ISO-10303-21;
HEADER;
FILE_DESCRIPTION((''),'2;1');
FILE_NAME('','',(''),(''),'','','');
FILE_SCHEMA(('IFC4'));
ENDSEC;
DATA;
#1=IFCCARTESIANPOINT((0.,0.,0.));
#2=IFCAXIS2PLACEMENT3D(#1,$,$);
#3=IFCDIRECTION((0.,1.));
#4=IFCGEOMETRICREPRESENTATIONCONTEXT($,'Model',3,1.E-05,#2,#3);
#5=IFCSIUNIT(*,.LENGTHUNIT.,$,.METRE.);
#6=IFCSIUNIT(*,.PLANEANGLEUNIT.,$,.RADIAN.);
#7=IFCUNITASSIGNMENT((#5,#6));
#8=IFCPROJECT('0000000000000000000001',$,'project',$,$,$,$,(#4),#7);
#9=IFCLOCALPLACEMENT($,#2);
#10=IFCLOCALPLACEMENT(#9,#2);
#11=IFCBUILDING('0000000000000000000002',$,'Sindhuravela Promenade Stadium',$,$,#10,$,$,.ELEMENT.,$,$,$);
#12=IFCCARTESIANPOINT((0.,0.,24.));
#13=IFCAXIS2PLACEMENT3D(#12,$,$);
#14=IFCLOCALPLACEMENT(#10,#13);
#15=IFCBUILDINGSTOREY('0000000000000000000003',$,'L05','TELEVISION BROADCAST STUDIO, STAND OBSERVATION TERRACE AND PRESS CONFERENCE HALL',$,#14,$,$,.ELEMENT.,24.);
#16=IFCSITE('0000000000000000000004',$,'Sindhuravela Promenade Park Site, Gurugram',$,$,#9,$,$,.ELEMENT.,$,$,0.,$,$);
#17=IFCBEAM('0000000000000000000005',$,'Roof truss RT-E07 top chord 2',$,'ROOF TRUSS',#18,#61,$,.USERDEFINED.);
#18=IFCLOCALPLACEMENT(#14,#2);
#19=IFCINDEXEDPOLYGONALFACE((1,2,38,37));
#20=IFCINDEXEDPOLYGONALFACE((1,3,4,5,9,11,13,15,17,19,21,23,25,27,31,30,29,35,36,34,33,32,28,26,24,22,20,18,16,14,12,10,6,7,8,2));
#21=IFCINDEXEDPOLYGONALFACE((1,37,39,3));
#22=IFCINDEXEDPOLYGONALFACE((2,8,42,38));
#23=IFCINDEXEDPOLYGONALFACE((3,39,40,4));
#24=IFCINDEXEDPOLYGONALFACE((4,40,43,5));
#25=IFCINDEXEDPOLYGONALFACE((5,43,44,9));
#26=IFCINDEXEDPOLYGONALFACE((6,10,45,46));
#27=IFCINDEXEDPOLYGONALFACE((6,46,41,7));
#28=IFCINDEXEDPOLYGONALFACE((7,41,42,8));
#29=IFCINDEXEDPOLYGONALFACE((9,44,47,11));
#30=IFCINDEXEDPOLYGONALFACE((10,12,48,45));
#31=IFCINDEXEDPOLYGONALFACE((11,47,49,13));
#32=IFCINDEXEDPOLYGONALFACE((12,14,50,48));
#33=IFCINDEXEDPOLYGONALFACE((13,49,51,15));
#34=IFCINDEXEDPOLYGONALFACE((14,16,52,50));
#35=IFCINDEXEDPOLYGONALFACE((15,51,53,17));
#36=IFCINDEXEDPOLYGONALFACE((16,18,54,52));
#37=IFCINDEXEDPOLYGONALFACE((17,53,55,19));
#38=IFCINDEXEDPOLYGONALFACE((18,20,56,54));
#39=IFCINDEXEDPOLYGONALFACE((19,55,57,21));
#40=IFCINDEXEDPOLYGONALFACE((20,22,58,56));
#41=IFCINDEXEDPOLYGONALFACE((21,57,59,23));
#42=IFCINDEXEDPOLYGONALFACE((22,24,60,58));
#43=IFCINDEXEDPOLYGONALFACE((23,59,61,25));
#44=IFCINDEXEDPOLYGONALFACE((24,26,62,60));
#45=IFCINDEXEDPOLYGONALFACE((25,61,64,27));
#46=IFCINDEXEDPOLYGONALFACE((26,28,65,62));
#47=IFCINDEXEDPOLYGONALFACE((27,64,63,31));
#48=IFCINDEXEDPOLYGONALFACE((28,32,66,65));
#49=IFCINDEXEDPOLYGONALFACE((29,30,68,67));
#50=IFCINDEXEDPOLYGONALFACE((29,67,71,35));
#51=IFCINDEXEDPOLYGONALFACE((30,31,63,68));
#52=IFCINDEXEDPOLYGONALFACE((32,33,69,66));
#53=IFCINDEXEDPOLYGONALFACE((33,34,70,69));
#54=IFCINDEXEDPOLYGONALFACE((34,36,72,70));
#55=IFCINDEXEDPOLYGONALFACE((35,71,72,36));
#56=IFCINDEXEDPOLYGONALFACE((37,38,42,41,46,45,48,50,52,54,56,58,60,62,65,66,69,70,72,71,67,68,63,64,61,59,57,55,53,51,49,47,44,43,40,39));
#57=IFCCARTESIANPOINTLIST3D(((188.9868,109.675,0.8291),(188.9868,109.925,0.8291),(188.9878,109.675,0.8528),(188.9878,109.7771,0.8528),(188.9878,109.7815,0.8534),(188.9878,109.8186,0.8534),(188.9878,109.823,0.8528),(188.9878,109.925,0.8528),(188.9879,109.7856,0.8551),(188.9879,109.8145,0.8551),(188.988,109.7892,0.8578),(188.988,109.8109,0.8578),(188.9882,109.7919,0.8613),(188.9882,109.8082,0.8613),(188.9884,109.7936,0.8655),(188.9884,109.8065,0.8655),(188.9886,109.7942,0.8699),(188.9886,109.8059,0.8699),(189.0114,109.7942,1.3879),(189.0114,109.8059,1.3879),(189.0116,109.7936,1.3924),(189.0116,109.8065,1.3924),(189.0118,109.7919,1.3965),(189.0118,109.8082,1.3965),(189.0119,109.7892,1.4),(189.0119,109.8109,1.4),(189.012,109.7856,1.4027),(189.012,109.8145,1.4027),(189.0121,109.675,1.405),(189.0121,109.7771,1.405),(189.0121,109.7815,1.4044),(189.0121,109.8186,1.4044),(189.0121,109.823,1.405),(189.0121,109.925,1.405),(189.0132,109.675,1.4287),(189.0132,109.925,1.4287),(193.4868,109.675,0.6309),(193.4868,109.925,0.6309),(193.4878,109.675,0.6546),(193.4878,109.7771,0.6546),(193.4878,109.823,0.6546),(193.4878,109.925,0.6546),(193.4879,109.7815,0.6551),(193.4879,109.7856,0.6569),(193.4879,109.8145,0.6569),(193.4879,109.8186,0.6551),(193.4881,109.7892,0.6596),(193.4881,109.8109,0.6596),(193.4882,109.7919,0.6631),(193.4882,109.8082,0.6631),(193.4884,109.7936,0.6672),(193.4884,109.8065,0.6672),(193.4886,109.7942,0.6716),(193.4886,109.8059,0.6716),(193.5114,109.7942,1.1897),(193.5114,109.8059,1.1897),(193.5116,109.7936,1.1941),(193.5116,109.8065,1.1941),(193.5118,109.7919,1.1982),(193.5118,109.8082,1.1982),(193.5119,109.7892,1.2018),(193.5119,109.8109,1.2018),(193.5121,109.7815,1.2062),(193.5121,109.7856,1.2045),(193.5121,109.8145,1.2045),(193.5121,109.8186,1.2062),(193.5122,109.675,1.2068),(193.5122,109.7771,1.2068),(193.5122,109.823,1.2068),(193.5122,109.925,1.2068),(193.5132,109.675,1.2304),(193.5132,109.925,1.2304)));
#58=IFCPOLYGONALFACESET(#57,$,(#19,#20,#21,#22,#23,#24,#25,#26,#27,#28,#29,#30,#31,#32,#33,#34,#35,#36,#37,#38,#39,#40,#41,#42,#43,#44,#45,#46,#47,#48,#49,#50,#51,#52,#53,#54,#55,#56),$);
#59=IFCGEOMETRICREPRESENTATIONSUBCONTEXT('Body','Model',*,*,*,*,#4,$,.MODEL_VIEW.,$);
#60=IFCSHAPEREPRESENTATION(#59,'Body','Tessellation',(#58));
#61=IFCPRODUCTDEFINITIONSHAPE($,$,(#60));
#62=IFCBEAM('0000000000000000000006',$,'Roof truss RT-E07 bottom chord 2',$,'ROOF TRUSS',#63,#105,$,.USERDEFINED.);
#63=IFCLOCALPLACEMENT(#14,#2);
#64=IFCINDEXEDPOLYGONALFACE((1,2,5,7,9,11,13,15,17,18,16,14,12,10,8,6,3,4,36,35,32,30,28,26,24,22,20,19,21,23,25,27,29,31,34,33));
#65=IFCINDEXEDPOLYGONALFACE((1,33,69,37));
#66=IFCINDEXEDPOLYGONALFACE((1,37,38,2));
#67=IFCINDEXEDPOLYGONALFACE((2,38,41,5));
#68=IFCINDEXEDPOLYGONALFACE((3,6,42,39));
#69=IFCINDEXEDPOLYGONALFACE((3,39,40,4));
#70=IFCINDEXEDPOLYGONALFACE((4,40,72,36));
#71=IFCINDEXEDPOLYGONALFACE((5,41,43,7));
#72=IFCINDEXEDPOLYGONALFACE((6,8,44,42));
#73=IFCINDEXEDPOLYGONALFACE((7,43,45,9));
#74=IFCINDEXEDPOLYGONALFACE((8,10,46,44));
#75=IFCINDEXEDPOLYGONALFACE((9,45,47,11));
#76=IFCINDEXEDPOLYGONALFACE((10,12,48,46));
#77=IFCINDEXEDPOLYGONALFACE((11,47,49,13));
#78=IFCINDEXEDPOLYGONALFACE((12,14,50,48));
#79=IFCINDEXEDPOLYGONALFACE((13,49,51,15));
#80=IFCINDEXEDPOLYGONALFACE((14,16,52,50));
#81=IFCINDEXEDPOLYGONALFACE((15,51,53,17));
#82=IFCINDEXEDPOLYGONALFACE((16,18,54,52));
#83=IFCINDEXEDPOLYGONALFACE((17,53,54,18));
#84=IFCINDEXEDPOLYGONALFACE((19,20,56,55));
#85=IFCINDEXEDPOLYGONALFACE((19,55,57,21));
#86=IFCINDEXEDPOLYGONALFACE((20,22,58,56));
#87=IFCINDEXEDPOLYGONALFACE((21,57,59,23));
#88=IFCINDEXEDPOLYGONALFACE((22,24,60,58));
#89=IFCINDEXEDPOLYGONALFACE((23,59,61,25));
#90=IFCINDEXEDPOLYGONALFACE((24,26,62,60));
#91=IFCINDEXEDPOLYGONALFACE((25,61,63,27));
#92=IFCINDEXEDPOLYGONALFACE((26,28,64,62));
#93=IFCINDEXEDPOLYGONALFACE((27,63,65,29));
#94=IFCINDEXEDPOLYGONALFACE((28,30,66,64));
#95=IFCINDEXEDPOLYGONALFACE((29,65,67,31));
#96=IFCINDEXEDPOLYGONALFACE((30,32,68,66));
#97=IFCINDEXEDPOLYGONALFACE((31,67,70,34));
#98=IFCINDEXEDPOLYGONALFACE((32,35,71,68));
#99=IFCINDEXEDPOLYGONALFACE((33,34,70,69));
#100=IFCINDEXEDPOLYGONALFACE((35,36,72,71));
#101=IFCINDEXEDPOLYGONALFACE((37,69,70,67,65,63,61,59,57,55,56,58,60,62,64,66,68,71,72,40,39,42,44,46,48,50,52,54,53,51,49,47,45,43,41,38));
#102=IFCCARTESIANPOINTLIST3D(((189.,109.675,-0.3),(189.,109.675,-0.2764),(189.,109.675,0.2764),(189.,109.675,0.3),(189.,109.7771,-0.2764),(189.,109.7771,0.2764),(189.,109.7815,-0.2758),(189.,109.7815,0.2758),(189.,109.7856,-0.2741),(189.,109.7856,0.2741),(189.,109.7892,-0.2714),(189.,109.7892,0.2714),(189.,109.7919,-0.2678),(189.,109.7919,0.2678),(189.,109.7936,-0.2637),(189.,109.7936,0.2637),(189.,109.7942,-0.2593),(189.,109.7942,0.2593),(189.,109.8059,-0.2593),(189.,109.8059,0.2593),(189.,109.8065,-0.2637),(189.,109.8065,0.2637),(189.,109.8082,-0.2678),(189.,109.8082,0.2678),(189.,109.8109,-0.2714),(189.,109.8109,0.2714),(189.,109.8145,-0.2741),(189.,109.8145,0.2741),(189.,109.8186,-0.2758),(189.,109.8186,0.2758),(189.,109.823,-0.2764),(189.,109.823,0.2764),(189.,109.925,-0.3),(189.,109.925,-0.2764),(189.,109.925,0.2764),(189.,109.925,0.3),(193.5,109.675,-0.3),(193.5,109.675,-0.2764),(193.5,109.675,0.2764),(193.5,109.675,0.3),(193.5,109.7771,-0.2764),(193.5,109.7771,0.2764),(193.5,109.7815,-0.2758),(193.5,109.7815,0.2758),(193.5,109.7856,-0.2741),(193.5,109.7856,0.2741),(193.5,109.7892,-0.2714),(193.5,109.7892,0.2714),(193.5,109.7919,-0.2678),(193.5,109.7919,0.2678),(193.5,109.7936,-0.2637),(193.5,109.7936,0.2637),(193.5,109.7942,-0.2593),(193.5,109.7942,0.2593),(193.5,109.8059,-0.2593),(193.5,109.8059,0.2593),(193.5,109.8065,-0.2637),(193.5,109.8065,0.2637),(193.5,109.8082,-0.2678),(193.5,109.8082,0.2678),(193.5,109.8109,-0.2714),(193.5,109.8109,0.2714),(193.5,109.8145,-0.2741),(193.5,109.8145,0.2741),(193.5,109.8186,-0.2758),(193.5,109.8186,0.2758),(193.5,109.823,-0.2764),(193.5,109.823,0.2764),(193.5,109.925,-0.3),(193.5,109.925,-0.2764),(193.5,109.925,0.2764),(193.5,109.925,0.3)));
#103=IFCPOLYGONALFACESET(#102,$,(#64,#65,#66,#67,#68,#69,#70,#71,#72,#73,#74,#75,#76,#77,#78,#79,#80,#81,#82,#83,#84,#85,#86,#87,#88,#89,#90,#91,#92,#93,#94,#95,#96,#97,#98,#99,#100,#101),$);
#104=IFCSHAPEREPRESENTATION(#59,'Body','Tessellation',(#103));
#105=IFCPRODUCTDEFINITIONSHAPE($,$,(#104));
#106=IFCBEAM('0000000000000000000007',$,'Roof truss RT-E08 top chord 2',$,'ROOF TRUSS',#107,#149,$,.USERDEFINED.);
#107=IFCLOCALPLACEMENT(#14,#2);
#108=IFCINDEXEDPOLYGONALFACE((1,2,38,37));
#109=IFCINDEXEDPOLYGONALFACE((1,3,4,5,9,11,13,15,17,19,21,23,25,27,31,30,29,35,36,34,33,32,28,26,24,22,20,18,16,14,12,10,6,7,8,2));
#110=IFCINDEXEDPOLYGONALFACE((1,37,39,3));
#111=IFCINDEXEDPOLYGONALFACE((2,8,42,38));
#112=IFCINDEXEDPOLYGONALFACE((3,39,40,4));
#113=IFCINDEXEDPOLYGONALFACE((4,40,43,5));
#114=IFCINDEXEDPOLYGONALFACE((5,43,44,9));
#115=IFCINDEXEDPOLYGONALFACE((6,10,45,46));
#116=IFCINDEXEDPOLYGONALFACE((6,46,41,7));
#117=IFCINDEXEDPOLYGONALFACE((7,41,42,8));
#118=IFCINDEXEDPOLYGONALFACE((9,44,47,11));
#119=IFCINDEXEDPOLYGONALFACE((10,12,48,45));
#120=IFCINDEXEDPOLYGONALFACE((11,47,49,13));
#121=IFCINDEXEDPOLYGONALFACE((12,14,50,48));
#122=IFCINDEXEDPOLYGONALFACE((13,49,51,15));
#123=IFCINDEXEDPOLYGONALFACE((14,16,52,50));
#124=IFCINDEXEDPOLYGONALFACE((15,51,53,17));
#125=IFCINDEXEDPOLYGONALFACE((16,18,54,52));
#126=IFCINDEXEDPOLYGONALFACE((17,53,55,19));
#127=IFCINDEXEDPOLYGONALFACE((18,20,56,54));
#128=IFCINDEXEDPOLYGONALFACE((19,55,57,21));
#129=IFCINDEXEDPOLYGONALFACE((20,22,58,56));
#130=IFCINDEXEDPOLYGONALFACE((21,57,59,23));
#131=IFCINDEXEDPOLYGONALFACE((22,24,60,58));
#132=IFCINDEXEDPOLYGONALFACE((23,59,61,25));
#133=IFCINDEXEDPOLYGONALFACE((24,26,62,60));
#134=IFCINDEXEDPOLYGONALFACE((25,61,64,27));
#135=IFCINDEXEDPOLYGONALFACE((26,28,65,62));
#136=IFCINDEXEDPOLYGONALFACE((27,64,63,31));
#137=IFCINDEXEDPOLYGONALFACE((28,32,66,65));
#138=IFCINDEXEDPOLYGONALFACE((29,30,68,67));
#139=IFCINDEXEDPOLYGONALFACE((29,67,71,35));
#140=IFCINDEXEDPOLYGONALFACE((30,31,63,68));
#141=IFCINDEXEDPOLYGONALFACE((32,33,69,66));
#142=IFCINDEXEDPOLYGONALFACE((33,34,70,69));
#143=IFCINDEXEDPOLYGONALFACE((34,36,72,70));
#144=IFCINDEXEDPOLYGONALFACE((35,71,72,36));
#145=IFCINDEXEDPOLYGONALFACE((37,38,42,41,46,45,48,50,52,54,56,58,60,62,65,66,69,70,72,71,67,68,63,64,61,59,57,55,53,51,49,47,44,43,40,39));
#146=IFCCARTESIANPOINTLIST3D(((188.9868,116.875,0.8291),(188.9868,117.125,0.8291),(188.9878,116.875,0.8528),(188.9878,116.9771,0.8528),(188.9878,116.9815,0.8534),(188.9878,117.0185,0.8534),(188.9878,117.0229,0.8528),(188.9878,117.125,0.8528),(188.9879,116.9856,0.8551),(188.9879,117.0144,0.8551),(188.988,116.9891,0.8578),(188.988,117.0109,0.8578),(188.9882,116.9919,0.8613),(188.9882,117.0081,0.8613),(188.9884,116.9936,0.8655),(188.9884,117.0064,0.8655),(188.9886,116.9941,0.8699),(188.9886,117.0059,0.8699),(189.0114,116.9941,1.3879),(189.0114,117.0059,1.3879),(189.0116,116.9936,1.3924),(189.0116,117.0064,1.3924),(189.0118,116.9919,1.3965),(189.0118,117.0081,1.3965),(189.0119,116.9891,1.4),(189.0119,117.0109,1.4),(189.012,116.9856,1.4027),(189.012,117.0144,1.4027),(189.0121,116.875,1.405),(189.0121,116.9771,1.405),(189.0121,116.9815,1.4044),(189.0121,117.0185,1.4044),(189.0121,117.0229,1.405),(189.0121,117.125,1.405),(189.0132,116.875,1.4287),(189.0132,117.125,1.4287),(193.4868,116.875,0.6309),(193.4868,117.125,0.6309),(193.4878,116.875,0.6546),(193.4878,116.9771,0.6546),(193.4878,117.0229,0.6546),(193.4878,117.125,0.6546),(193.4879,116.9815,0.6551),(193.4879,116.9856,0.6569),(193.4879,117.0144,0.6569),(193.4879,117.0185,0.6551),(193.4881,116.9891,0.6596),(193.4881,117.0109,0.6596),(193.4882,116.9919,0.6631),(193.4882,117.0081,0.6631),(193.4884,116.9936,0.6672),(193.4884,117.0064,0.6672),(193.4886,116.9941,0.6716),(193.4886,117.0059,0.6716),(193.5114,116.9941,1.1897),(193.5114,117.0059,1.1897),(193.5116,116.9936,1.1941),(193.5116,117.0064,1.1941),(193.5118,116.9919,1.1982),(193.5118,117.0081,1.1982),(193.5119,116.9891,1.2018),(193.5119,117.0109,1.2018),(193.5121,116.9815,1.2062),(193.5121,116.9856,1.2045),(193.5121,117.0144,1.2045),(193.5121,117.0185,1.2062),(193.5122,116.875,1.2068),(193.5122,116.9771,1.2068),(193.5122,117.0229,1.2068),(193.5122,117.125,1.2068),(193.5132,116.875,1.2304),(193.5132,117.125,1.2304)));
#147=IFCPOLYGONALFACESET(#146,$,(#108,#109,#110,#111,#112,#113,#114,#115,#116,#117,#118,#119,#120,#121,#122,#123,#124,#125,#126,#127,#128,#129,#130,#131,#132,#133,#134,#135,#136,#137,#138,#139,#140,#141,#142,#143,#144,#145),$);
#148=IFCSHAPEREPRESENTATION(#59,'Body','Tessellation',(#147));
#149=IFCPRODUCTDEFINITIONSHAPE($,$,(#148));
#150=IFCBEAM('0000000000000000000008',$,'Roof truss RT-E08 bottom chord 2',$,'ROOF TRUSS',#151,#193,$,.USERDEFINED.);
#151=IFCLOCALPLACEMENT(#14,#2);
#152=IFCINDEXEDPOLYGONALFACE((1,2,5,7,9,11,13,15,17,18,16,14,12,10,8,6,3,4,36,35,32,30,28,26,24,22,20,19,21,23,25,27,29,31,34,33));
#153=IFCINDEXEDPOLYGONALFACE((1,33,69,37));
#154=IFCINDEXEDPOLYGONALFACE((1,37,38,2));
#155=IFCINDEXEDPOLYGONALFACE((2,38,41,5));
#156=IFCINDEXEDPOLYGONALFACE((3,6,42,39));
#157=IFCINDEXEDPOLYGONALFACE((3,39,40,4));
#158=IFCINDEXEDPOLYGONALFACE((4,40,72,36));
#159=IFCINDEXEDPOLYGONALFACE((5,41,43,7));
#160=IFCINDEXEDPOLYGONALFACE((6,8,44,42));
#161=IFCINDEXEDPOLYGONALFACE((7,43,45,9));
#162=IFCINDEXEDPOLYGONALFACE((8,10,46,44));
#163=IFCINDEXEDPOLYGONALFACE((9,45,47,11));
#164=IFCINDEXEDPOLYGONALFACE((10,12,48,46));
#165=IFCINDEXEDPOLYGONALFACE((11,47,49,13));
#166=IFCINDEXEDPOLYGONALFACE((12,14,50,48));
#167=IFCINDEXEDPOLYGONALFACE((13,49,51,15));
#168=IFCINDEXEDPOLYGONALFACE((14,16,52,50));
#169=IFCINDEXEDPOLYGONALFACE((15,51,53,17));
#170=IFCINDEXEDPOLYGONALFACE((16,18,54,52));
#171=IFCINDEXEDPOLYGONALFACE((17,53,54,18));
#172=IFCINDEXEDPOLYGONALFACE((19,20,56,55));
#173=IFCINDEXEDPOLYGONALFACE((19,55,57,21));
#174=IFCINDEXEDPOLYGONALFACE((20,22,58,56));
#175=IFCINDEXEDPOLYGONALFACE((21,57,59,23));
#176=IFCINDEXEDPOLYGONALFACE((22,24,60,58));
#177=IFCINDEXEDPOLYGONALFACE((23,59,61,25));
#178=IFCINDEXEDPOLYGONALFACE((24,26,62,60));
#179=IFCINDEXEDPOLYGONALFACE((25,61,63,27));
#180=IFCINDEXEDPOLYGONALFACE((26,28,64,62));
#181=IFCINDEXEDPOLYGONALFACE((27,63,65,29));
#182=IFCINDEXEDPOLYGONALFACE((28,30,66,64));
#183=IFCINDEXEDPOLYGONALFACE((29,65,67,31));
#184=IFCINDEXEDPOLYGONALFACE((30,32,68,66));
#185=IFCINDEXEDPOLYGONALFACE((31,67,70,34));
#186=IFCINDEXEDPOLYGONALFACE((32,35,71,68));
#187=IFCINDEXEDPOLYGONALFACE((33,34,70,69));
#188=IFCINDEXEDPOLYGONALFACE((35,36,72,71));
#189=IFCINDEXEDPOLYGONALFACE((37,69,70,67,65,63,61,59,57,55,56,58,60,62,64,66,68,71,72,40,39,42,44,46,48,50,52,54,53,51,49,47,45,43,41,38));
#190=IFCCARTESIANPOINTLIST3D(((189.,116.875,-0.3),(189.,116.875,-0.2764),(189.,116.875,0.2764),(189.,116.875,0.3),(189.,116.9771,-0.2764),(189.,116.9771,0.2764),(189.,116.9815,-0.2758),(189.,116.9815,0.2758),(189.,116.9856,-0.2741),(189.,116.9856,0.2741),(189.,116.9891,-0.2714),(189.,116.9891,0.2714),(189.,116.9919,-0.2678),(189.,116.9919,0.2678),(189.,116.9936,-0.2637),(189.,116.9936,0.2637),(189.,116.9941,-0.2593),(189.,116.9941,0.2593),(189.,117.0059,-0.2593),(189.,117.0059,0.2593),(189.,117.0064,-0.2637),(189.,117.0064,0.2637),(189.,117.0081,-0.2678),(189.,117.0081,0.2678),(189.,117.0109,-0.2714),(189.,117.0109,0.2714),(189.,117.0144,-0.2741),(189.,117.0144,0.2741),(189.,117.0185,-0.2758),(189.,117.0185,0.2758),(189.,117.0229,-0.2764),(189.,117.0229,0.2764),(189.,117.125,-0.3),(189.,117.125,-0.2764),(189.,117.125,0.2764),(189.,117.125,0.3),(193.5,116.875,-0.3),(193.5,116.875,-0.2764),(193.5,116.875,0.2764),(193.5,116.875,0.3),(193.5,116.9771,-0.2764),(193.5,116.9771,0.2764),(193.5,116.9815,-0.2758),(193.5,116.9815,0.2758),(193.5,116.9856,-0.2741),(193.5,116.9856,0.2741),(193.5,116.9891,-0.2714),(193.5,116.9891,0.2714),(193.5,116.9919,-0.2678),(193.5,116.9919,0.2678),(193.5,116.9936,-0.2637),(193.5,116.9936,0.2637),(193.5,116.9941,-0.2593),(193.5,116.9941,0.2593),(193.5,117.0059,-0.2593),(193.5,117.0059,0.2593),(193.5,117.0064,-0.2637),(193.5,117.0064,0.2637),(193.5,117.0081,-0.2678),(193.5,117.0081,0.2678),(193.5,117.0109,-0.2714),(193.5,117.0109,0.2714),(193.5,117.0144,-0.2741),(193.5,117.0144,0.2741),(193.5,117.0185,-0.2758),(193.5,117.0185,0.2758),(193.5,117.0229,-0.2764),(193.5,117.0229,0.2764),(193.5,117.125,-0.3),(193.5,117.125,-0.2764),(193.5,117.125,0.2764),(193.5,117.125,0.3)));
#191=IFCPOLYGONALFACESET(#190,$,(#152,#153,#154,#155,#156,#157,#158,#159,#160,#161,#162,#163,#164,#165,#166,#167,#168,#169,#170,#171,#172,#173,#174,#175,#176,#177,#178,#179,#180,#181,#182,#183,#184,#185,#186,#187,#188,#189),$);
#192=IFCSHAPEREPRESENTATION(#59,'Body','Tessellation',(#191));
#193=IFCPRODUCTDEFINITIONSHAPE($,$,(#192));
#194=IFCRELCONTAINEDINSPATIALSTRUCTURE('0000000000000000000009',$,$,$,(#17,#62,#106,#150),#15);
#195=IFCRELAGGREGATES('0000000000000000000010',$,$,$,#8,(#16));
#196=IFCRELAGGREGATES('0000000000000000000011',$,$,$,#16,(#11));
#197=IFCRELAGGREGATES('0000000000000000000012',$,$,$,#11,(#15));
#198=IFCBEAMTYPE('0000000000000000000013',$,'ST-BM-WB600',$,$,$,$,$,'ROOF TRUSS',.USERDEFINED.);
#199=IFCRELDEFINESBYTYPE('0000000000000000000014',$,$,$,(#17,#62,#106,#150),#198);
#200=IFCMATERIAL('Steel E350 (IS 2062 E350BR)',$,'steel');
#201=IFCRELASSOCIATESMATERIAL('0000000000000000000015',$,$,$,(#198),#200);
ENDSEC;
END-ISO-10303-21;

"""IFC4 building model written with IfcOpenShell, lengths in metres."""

from ifc_helpers import new_model, si_unit, direction, frame, origin, origin_2d, place, context, subcontext, project, spatial, i_section, extrude, material, material_profile, profile_set, type_object, element, save


model = new_model("IFC4")

# Units and contexts
model_context = context("Model", 3, precision=1e-05, world=origin(), true_north=direction((0.0, 1.0)))
body_context = subcontext(model_context, "Body", "Model", "MODEL_VIEW")
ifc_project = project(units=[si_unit("LENGTHUNIT", "METRE"), si_unit("PLANEANGLEUNIT", "RADIAN")], contexts=[model_context])

# Site, building, storey
site_placement = place(None, origin())
site = spatial("IfcSite", under=ifc_project, at=site_placement, Name="Sindhuravela Promenade Park Site, Gurugram", CompositionType="ELEMENT", RefElevation=0.0)
building_placement = place(site_placement, origin())
building = spatial("IfcBuilding", under=site, at=building_placement, Name="Sindhuravela Promenade Stadium", CompositionType="ELEMENT")
storey_placement = place(building_placement, frame((0.0, 0.0, 24.0)))
storey = spatial("IfcBuildingStorey", under=building, at=storey_placement, Name="L05", Description="TELEVISION BROADCAST STUDIO, STAND OBSERVATION TERRACE AND PRESS CONFERENCE HALL", CompositionType="ELEMENT", Elevation=24.0)

# Beams
ifc_material_1 = material(Name="Steel E350 (IS 2062 E350BR)", Category="steel")
ifc_material_profile_1 = material_profile(ifc_material_1, i_section(OverallWidth=0.25, OverallDepth=0.6001, WebThickness=0.0117, FlangeThickness=0.0237, FilletRadius=0.0171, at=origin_2d()), Name="ISWB 600")
ifc_profile_set_1 = profile_set([ifc_material_profile_1], Name="Steel E350 (IS 2062 E350BR)")
beam_type = type_object("IfcBeamType", Name="ST-BM-WB600", ElementType="ROOF TRUSS", PredefinedType="USERDEFINED", material=ifc_profile_set_1)
beam_1_placement = place(storey_placement, frame((193.5, 109.8, 0.9307), z_axis=(-0.999031, 0.0, 0.044011), x_axis=(0.0, -1.0, 0.0)))
element("IfcBeam", 1, at=beam_1_placement, inside=storey, type_object=beam_type, Name="Roof truss RT-E07 top chord 2", ObjectType="ROOF TRUSS", PredefinedType="USERDEFINED", context=body_context, shape_type="SweptSolid", body=[
    extrude(i_section(OverallWidth=0.25, OverallDepth=0.6001, WebThickness=0.0117, FlangeThickness=0.0237, FilletRadius=0.0171, at=origin_2d()), origin(), (0.0, 0.0, 1.0), 4.5044),
])
beam_2_placement = place(storey_placement, frame((193.5, 109.8, 0.0), z_axis=(-1.0, 0.0, 0.0), x_axis=(0.0, -1.0, 0.0)))
element("IfcBeam", 2, at=beam_2_placement, inside=storey, type_object=beam_type, Name="Roof truss RT-E07 bottom chord 2", ObjectType="ROOF TRUSS", PredefinedType="USERDEFINED", context=body_context, shape_type="SweptSolid", body=[
    extrude(i_section(OverallWidth=0.25, OverallDepth=0.6001, WebThickness=0.0117, FlangeThickness=0.0237, FilletRadius=0.0171, at=origin_2d()), origin(), (0.0, 0.0, 1.0), 4.5),
])
beam_3_placement = place(storey_placement, frame((193.5, 117.0, 0.9307), z_axis=(-0.999031, 0.0, 0.044011), x_axis=(0.0, -1.0, 0.0)))
element("IfcBeam", 3, at=beam_3_placement, inside=storey, type_object=beam_type, Name="Roof truss RT-E08 top chord 2", ObjectType="ROOF TRUSS", PredefinedType="USERDEFINED", context=body_context, shape_type="SweptSolid", body=[
    extrude(i_section(OverallWidth=0.25, OverallDepth=0.6001, WebThickness=0.0117, FlangeThickness=0.0237, FilletRadius=0.0171, at=origin_2d()), origin(), (0.0, 0.0, 1.0), 4.5044),
])
beam_4_placement = place(storey_placement, frame((193.5, 117.0, 0.0), z_axis=(-1.0, 0.0, 0.0), x_axis=(0.0, -1.0, 0.0)))
element("IfcBeam", 4, at=beam_4_placement, inside=storey, type_object=beam_type, Name="Roof truss RT-E08 bottom chord 2", ObjectType="ROOF TRUSS", PredefinedType="USERDEFINED", context=body_context, shape_type="SweptSolid", body=[
    extrude(i_section(OverallWidth=0.25, OverallDepth=0.6001, WebThickness=0.0117, FlangeThickness=0.0237, FilletRadius=0.0171, at=origin_2d()), origin(), (0.0, 0.0, 1.0), 4.5),
])

save(model, "model.ifc")
